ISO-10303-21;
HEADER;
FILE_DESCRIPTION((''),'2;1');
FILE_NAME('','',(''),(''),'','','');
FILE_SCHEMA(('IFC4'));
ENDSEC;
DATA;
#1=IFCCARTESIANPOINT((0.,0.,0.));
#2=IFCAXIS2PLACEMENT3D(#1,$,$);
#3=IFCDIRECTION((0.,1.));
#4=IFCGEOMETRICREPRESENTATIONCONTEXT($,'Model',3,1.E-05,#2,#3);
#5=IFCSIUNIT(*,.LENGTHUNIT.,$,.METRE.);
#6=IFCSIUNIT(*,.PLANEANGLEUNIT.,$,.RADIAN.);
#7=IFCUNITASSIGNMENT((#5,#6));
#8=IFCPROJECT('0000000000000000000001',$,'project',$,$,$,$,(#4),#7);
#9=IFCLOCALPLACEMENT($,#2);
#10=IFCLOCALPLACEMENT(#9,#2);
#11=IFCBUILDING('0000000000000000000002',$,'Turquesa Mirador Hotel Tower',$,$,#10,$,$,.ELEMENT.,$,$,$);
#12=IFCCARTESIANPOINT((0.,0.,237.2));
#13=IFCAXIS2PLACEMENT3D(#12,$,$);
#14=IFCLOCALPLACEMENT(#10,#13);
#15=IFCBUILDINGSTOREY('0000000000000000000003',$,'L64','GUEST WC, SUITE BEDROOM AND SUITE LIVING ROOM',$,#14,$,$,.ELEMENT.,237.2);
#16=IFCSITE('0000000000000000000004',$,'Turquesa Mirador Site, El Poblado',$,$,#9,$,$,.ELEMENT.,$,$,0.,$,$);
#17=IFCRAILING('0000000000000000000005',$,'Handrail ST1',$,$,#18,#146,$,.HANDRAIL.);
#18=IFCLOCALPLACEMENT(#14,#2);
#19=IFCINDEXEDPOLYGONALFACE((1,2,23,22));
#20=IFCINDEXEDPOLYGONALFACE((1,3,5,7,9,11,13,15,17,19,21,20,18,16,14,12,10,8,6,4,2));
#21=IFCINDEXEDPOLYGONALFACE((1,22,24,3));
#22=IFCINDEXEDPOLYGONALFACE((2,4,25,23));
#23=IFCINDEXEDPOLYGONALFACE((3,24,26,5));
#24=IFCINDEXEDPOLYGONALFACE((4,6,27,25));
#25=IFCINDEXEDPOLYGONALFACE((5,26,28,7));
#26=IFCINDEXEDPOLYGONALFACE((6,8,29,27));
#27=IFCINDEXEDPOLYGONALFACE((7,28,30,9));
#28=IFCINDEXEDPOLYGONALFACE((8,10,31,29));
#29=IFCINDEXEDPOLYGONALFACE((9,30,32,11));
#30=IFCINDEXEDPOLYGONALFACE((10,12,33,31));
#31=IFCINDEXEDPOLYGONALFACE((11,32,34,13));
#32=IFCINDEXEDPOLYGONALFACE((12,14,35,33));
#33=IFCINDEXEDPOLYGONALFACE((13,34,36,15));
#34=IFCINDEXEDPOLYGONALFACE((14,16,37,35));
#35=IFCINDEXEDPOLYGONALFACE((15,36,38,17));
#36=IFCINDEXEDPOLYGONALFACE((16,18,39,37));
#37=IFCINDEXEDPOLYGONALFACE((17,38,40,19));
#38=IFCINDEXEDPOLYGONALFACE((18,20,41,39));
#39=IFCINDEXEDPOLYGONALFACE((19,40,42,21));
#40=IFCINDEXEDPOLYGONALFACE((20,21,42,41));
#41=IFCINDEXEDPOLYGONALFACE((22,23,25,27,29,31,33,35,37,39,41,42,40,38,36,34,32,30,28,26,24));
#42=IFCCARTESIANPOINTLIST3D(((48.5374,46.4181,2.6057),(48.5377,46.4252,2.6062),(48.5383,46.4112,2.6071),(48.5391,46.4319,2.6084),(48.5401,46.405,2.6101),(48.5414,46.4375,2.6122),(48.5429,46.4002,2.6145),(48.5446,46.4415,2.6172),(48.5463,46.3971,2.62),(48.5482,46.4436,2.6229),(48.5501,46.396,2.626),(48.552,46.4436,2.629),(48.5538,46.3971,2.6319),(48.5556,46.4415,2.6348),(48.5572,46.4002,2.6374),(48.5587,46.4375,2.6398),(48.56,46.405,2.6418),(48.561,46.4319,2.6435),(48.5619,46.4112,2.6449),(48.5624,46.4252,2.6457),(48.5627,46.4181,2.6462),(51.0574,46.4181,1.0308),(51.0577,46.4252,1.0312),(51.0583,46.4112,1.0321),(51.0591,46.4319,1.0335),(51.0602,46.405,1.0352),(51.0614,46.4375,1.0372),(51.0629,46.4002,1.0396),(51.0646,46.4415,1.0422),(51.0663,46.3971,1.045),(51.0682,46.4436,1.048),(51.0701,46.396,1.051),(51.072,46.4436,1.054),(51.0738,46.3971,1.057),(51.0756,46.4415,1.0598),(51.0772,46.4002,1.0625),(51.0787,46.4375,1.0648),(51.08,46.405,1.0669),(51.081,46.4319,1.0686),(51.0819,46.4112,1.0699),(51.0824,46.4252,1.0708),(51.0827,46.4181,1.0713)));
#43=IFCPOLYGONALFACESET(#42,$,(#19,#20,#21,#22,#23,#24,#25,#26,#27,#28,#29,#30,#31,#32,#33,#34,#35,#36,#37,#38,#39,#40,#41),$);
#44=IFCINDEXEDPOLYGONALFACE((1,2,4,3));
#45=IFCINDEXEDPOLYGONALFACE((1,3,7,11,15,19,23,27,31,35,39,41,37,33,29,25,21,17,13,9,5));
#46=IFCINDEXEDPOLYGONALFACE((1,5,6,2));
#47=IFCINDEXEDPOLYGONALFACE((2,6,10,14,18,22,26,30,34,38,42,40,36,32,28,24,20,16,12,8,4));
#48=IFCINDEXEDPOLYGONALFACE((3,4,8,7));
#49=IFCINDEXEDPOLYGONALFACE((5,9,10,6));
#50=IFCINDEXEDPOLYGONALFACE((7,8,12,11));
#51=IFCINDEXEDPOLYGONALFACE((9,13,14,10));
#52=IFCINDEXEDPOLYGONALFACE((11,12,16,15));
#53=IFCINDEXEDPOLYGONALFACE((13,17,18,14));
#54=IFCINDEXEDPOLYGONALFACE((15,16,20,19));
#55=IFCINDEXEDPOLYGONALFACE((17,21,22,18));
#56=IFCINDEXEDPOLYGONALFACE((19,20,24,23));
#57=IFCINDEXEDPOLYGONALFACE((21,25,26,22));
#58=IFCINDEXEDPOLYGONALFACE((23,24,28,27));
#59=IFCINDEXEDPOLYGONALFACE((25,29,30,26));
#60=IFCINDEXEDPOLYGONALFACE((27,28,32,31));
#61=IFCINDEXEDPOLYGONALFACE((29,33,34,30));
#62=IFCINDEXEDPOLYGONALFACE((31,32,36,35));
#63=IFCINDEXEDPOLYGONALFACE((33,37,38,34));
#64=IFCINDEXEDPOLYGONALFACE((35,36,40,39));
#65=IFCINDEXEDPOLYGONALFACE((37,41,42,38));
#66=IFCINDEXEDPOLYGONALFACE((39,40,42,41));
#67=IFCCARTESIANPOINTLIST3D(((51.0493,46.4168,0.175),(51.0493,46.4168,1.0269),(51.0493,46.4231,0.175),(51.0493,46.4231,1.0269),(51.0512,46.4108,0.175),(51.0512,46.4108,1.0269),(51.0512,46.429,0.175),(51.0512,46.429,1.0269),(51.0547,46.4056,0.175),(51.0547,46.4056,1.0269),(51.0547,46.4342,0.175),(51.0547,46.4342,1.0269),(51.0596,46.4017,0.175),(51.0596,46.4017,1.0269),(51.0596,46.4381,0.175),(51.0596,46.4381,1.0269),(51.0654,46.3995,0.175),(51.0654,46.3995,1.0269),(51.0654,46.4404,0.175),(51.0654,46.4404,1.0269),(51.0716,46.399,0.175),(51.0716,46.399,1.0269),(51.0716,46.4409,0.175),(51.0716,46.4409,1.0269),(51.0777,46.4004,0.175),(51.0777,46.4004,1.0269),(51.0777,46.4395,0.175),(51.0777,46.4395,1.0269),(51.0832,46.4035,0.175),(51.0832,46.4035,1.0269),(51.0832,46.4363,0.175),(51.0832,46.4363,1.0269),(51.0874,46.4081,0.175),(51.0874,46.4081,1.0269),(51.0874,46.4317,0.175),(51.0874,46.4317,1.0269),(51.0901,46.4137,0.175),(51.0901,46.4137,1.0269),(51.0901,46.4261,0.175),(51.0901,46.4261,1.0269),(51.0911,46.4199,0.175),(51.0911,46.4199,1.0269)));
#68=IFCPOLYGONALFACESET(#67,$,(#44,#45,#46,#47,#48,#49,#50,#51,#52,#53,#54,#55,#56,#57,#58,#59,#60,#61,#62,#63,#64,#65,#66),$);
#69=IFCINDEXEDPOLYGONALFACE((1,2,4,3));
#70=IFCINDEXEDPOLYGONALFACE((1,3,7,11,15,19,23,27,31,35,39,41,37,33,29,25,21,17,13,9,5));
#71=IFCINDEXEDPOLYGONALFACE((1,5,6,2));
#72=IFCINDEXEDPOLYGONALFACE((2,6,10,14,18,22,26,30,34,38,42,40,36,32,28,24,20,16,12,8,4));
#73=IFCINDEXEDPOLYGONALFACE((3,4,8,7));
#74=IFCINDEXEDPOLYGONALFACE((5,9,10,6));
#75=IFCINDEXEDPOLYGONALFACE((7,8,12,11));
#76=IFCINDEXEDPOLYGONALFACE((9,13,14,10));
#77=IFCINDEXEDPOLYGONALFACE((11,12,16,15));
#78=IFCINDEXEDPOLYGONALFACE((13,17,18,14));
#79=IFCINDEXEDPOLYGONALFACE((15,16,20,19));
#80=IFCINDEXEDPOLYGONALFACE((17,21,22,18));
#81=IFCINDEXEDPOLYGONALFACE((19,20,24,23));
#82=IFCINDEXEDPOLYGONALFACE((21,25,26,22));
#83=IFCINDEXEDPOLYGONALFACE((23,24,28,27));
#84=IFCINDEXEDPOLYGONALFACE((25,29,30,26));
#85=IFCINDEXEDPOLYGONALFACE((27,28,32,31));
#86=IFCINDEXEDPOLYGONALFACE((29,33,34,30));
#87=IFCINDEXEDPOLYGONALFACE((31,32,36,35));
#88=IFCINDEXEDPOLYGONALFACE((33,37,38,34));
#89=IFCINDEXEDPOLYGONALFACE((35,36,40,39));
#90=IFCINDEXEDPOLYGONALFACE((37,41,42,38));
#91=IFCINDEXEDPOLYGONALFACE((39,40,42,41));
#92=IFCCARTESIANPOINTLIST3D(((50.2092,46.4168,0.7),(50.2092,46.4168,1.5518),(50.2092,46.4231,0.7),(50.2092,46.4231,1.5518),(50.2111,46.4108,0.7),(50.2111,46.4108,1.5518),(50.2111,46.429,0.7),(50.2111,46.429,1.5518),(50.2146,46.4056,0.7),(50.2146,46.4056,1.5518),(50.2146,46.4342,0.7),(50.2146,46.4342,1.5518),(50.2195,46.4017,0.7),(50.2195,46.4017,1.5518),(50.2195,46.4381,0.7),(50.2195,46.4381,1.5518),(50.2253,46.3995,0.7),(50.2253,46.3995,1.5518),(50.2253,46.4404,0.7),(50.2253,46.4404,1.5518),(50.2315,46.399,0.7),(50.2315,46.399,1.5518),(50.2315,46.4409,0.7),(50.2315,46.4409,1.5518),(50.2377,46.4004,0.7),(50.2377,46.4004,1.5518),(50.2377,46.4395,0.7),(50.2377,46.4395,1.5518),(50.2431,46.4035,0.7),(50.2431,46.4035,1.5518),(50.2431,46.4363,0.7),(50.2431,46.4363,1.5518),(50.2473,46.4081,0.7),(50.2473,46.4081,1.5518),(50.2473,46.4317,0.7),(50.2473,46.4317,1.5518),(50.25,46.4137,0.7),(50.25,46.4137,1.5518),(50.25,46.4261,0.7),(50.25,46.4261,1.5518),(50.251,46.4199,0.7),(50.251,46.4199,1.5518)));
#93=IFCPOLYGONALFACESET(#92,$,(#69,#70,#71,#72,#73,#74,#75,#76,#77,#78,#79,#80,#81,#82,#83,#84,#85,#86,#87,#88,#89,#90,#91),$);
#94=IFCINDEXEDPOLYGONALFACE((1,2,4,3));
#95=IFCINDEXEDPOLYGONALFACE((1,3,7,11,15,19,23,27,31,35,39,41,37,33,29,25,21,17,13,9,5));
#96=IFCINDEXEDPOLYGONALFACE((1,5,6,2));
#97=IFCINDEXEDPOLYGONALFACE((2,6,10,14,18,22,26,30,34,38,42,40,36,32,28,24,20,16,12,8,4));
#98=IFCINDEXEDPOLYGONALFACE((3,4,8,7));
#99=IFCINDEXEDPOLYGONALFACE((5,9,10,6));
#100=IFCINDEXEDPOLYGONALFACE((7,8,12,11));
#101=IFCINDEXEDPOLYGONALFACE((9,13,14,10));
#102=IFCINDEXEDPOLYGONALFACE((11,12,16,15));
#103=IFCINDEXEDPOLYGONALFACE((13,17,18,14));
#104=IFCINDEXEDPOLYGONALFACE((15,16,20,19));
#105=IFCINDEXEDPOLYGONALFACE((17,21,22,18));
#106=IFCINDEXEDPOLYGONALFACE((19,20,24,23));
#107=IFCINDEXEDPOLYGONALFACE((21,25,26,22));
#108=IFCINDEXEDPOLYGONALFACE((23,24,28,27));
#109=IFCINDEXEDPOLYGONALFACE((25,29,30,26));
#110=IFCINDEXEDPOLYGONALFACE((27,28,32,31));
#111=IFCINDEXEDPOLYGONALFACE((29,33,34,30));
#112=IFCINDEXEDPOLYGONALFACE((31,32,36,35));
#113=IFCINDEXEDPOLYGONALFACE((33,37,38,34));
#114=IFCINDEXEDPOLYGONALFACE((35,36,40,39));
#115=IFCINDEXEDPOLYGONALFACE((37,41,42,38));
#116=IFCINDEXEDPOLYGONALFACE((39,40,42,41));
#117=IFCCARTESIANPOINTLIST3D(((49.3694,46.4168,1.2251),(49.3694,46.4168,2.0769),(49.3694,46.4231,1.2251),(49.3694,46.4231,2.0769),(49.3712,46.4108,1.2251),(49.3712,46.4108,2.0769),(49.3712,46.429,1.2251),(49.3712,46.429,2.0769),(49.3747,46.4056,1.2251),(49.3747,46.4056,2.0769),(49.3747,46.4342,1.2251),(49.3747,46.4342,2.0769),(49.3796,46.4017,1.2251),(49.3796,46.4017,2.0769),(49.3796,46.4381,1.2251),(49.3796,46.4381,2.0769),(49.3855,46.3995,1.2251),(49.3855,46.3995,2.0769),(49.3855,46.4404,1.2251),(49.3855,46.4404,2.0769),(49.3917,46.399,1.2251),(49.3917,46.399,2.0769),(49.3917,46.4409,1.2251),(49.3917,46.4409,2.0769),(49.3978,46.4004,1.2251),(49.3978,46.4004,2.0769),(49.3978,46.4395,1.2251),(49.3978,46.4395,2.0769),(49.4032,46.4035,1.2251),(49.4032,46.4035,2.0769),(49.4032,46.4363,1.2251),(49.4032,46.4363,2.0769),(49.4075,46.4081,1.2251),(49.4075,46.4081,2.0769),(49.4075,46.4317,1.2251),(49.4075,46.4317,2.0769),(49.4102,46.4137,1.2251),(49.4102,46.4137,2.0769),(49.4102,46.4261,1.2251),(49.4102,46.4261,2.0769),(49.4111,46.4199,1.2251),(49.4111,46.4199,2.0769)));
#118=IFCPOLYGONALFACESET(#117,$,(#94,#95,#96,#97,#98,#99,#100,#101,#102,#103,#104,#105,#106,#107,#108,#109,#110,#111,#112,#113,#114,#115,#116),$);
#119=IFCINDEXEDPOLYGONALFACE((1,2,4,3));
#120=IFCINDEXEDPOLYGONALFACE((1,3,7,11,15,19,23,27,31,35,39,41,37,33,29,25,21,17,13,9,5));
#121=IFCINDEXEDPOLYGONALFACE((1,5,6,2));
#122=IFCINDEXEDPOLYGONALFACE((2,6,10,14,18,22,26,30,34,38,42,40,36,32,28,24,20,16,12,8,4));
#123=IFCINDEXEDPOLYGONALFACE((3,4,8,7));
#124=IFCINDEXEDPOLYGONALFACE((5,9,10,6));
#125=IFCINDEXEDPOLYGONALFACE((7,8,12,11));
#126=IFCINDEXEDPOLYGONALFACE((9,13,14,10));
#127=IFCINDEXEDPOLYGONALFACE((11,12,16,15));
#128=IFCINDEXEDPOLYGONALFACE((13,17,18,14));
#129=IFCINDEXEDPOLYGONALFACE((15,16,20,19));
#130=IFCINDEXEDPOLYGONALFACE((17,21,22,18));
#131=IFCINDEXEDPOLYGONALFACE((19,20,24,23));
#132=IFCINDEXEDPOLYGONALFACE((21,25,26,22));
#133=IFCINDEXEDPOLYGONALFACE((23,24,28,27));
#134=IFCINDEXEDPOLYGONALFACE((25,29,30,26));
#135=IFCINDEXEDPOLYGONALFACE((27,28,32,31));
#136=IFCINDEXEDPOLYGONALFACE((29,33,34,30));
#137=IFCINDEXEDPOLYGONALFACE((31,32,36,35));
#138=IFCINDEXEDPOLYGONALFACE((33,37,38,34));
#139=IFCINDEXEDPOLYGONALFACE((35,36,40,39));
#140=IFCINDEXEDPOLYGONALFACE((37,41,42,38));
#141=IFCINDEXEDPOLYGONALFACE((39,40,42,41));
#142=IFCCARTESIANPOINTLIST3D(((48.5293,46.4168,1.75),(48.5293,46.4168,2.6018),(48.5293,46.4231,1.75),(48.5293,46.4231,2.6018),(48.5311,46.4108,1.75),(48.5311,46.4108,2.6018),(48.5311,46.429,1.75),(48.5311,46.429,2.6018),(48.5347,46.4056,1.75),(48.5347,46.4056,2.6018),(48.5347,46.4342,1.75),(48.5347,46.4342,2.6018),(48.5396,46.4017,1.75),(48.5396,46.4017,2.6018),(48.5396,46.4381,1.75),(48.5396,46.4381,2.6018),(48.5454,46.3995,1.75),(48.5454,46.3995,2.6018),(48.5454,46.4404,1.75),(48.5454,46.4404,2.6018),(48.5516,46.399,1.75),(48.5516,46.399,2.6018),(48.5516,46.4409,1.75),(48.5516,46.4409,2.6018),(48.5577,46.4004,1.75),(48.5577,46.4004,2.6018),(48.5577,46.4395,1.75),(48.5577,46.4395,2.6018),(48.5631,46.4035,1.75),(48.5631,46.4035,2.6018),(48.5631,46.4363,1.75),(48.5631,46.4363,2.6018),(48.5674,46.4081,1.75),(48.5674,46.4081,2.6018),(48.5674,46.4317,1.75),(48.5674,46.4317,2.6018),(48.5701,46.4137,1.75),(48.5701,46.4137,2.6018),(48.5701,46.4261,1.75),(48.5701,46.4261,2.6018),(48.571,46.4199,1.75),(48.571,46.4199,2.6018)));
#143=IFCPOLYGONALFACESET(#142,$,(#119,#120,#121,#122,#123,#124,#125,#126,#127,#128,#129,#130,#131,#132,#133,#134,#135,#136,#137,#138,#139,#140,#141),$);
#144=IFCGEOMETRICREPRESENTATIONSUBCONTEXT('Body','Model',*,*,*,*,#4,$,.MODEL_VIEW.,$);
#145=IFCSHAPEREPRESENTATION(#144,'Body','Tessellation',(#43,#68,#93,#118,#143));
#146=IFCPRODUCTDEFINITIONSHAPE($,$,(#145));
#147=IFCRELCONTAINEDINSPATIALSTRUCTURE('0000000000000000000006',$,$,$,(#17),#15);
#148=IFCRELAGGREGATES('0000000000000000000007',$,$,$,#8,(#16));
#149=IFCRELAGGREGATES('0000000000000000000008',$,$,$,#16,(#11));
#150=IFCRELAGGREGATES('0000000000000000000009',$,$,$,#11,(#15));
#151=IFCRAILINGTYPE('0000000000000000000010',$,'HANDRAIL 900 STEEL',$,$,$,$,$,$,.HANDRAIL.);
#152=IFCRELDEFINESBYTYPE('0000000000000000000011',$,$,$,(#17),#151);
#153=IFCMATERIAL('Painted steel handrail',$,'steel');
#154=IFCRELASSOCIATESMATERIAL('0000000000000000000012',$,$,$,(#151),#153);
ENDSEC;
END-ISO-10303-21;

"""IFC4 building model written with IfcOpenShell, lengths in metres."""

from ifc_helpers import new_model, si_unit, direction, frame, origin, origin_2d, place, context, subcontext, project, spatial, circle, extrude, material, type_object, element, save


model = new_model("IFC4")

# Units and contexts
model_context = context("Model", 3, precision=1e-05, world=origin(), true_north=direction((0.0, 1.0)))
body_context = subcontext(model_context, "Body", "Model", "MODEL_VIEW")
ifc_project = project(units=[si_unit("LENGTHUNIT", "METRE"), si_unit("PLANEANGLEUNIT", "RADIAN")], contexts=[model_context])

# Site, building, storey
site_placement = place(None, origin())
site = spatial("IfcSite", under=ifc_project, at=site_placement, Name="Turquesa Mirador Site, El Poblado", CompositionType="ELEMENT", RefElevation=0.0)
building_placement = place(site_placement, origin())
building = spatial("IfcBuilding", under=site, at=building_placement, Name="Turquesa Mirador Hotel Tower", CompositionType="ELEMENT")
storey_placement = place(building_placement, frame((0.0, 0.0, 237.2)))
storey = spatial("IfcBuildingStorey", under=building, at=storey_placement, Name="L64", Description="GUEST WC, SUITE BEDROOM AND SUITE LIVING ROOM", CompositionType="ELEMENT", Elevation=237.2)

# Railing
ifc_material_1 = material(Name="Painted steel handrail", Category="steel")
railing_type = type_object("IfcRailingType", Name="HANDRAIL 900 STEEL", PredefinedType="HANDRAIL", material=ifc_material_1)
railing_1_placement = place(storey_placement, frame((51.0701, 46.4199, 0.175)))
element("IfcRailing", 1, at=railing_1_placement, inside=storey, type_object=railing_type, Name="Handrail ST1", PredefinedType="HANDRAIL", context=body_context, shape_type="SweptSolid", body=[
    extrude(circle(Radius=0.0239, at=origin_2d()), frame((0.0, 0.0, 0.876), z_axis=(-0.848008, 0.0, 0.529984), x_axis=(0.0, -1.0, 0.0)), (0.0, 0.0, 1.0), 2.9717),
    extrude(circle(Radius=0.021, at=origin_2d()), origin(), (0.0, 0.0, 1.0), 0.8518),
    extrude(circle(Radius=0.021, at=origin_2d()), frame((-0.8401, 0.0, 0.5249)), (0.0, 0.0, 1.0), 0.8518),
    extrude(circle(Radius=0.021, at=origin_2d()), frame((-1.6799, 0.0, 1.05)), (0.0, 0.0, 1.0), 0.8518),
    extrude(circle(Radius=0.021, at=origin_2d()), frame((-2.52, 0.0, 1.575)), (0.0, 0.0, 1.0), 0.8518),
])

save(model, "model.ifc")
